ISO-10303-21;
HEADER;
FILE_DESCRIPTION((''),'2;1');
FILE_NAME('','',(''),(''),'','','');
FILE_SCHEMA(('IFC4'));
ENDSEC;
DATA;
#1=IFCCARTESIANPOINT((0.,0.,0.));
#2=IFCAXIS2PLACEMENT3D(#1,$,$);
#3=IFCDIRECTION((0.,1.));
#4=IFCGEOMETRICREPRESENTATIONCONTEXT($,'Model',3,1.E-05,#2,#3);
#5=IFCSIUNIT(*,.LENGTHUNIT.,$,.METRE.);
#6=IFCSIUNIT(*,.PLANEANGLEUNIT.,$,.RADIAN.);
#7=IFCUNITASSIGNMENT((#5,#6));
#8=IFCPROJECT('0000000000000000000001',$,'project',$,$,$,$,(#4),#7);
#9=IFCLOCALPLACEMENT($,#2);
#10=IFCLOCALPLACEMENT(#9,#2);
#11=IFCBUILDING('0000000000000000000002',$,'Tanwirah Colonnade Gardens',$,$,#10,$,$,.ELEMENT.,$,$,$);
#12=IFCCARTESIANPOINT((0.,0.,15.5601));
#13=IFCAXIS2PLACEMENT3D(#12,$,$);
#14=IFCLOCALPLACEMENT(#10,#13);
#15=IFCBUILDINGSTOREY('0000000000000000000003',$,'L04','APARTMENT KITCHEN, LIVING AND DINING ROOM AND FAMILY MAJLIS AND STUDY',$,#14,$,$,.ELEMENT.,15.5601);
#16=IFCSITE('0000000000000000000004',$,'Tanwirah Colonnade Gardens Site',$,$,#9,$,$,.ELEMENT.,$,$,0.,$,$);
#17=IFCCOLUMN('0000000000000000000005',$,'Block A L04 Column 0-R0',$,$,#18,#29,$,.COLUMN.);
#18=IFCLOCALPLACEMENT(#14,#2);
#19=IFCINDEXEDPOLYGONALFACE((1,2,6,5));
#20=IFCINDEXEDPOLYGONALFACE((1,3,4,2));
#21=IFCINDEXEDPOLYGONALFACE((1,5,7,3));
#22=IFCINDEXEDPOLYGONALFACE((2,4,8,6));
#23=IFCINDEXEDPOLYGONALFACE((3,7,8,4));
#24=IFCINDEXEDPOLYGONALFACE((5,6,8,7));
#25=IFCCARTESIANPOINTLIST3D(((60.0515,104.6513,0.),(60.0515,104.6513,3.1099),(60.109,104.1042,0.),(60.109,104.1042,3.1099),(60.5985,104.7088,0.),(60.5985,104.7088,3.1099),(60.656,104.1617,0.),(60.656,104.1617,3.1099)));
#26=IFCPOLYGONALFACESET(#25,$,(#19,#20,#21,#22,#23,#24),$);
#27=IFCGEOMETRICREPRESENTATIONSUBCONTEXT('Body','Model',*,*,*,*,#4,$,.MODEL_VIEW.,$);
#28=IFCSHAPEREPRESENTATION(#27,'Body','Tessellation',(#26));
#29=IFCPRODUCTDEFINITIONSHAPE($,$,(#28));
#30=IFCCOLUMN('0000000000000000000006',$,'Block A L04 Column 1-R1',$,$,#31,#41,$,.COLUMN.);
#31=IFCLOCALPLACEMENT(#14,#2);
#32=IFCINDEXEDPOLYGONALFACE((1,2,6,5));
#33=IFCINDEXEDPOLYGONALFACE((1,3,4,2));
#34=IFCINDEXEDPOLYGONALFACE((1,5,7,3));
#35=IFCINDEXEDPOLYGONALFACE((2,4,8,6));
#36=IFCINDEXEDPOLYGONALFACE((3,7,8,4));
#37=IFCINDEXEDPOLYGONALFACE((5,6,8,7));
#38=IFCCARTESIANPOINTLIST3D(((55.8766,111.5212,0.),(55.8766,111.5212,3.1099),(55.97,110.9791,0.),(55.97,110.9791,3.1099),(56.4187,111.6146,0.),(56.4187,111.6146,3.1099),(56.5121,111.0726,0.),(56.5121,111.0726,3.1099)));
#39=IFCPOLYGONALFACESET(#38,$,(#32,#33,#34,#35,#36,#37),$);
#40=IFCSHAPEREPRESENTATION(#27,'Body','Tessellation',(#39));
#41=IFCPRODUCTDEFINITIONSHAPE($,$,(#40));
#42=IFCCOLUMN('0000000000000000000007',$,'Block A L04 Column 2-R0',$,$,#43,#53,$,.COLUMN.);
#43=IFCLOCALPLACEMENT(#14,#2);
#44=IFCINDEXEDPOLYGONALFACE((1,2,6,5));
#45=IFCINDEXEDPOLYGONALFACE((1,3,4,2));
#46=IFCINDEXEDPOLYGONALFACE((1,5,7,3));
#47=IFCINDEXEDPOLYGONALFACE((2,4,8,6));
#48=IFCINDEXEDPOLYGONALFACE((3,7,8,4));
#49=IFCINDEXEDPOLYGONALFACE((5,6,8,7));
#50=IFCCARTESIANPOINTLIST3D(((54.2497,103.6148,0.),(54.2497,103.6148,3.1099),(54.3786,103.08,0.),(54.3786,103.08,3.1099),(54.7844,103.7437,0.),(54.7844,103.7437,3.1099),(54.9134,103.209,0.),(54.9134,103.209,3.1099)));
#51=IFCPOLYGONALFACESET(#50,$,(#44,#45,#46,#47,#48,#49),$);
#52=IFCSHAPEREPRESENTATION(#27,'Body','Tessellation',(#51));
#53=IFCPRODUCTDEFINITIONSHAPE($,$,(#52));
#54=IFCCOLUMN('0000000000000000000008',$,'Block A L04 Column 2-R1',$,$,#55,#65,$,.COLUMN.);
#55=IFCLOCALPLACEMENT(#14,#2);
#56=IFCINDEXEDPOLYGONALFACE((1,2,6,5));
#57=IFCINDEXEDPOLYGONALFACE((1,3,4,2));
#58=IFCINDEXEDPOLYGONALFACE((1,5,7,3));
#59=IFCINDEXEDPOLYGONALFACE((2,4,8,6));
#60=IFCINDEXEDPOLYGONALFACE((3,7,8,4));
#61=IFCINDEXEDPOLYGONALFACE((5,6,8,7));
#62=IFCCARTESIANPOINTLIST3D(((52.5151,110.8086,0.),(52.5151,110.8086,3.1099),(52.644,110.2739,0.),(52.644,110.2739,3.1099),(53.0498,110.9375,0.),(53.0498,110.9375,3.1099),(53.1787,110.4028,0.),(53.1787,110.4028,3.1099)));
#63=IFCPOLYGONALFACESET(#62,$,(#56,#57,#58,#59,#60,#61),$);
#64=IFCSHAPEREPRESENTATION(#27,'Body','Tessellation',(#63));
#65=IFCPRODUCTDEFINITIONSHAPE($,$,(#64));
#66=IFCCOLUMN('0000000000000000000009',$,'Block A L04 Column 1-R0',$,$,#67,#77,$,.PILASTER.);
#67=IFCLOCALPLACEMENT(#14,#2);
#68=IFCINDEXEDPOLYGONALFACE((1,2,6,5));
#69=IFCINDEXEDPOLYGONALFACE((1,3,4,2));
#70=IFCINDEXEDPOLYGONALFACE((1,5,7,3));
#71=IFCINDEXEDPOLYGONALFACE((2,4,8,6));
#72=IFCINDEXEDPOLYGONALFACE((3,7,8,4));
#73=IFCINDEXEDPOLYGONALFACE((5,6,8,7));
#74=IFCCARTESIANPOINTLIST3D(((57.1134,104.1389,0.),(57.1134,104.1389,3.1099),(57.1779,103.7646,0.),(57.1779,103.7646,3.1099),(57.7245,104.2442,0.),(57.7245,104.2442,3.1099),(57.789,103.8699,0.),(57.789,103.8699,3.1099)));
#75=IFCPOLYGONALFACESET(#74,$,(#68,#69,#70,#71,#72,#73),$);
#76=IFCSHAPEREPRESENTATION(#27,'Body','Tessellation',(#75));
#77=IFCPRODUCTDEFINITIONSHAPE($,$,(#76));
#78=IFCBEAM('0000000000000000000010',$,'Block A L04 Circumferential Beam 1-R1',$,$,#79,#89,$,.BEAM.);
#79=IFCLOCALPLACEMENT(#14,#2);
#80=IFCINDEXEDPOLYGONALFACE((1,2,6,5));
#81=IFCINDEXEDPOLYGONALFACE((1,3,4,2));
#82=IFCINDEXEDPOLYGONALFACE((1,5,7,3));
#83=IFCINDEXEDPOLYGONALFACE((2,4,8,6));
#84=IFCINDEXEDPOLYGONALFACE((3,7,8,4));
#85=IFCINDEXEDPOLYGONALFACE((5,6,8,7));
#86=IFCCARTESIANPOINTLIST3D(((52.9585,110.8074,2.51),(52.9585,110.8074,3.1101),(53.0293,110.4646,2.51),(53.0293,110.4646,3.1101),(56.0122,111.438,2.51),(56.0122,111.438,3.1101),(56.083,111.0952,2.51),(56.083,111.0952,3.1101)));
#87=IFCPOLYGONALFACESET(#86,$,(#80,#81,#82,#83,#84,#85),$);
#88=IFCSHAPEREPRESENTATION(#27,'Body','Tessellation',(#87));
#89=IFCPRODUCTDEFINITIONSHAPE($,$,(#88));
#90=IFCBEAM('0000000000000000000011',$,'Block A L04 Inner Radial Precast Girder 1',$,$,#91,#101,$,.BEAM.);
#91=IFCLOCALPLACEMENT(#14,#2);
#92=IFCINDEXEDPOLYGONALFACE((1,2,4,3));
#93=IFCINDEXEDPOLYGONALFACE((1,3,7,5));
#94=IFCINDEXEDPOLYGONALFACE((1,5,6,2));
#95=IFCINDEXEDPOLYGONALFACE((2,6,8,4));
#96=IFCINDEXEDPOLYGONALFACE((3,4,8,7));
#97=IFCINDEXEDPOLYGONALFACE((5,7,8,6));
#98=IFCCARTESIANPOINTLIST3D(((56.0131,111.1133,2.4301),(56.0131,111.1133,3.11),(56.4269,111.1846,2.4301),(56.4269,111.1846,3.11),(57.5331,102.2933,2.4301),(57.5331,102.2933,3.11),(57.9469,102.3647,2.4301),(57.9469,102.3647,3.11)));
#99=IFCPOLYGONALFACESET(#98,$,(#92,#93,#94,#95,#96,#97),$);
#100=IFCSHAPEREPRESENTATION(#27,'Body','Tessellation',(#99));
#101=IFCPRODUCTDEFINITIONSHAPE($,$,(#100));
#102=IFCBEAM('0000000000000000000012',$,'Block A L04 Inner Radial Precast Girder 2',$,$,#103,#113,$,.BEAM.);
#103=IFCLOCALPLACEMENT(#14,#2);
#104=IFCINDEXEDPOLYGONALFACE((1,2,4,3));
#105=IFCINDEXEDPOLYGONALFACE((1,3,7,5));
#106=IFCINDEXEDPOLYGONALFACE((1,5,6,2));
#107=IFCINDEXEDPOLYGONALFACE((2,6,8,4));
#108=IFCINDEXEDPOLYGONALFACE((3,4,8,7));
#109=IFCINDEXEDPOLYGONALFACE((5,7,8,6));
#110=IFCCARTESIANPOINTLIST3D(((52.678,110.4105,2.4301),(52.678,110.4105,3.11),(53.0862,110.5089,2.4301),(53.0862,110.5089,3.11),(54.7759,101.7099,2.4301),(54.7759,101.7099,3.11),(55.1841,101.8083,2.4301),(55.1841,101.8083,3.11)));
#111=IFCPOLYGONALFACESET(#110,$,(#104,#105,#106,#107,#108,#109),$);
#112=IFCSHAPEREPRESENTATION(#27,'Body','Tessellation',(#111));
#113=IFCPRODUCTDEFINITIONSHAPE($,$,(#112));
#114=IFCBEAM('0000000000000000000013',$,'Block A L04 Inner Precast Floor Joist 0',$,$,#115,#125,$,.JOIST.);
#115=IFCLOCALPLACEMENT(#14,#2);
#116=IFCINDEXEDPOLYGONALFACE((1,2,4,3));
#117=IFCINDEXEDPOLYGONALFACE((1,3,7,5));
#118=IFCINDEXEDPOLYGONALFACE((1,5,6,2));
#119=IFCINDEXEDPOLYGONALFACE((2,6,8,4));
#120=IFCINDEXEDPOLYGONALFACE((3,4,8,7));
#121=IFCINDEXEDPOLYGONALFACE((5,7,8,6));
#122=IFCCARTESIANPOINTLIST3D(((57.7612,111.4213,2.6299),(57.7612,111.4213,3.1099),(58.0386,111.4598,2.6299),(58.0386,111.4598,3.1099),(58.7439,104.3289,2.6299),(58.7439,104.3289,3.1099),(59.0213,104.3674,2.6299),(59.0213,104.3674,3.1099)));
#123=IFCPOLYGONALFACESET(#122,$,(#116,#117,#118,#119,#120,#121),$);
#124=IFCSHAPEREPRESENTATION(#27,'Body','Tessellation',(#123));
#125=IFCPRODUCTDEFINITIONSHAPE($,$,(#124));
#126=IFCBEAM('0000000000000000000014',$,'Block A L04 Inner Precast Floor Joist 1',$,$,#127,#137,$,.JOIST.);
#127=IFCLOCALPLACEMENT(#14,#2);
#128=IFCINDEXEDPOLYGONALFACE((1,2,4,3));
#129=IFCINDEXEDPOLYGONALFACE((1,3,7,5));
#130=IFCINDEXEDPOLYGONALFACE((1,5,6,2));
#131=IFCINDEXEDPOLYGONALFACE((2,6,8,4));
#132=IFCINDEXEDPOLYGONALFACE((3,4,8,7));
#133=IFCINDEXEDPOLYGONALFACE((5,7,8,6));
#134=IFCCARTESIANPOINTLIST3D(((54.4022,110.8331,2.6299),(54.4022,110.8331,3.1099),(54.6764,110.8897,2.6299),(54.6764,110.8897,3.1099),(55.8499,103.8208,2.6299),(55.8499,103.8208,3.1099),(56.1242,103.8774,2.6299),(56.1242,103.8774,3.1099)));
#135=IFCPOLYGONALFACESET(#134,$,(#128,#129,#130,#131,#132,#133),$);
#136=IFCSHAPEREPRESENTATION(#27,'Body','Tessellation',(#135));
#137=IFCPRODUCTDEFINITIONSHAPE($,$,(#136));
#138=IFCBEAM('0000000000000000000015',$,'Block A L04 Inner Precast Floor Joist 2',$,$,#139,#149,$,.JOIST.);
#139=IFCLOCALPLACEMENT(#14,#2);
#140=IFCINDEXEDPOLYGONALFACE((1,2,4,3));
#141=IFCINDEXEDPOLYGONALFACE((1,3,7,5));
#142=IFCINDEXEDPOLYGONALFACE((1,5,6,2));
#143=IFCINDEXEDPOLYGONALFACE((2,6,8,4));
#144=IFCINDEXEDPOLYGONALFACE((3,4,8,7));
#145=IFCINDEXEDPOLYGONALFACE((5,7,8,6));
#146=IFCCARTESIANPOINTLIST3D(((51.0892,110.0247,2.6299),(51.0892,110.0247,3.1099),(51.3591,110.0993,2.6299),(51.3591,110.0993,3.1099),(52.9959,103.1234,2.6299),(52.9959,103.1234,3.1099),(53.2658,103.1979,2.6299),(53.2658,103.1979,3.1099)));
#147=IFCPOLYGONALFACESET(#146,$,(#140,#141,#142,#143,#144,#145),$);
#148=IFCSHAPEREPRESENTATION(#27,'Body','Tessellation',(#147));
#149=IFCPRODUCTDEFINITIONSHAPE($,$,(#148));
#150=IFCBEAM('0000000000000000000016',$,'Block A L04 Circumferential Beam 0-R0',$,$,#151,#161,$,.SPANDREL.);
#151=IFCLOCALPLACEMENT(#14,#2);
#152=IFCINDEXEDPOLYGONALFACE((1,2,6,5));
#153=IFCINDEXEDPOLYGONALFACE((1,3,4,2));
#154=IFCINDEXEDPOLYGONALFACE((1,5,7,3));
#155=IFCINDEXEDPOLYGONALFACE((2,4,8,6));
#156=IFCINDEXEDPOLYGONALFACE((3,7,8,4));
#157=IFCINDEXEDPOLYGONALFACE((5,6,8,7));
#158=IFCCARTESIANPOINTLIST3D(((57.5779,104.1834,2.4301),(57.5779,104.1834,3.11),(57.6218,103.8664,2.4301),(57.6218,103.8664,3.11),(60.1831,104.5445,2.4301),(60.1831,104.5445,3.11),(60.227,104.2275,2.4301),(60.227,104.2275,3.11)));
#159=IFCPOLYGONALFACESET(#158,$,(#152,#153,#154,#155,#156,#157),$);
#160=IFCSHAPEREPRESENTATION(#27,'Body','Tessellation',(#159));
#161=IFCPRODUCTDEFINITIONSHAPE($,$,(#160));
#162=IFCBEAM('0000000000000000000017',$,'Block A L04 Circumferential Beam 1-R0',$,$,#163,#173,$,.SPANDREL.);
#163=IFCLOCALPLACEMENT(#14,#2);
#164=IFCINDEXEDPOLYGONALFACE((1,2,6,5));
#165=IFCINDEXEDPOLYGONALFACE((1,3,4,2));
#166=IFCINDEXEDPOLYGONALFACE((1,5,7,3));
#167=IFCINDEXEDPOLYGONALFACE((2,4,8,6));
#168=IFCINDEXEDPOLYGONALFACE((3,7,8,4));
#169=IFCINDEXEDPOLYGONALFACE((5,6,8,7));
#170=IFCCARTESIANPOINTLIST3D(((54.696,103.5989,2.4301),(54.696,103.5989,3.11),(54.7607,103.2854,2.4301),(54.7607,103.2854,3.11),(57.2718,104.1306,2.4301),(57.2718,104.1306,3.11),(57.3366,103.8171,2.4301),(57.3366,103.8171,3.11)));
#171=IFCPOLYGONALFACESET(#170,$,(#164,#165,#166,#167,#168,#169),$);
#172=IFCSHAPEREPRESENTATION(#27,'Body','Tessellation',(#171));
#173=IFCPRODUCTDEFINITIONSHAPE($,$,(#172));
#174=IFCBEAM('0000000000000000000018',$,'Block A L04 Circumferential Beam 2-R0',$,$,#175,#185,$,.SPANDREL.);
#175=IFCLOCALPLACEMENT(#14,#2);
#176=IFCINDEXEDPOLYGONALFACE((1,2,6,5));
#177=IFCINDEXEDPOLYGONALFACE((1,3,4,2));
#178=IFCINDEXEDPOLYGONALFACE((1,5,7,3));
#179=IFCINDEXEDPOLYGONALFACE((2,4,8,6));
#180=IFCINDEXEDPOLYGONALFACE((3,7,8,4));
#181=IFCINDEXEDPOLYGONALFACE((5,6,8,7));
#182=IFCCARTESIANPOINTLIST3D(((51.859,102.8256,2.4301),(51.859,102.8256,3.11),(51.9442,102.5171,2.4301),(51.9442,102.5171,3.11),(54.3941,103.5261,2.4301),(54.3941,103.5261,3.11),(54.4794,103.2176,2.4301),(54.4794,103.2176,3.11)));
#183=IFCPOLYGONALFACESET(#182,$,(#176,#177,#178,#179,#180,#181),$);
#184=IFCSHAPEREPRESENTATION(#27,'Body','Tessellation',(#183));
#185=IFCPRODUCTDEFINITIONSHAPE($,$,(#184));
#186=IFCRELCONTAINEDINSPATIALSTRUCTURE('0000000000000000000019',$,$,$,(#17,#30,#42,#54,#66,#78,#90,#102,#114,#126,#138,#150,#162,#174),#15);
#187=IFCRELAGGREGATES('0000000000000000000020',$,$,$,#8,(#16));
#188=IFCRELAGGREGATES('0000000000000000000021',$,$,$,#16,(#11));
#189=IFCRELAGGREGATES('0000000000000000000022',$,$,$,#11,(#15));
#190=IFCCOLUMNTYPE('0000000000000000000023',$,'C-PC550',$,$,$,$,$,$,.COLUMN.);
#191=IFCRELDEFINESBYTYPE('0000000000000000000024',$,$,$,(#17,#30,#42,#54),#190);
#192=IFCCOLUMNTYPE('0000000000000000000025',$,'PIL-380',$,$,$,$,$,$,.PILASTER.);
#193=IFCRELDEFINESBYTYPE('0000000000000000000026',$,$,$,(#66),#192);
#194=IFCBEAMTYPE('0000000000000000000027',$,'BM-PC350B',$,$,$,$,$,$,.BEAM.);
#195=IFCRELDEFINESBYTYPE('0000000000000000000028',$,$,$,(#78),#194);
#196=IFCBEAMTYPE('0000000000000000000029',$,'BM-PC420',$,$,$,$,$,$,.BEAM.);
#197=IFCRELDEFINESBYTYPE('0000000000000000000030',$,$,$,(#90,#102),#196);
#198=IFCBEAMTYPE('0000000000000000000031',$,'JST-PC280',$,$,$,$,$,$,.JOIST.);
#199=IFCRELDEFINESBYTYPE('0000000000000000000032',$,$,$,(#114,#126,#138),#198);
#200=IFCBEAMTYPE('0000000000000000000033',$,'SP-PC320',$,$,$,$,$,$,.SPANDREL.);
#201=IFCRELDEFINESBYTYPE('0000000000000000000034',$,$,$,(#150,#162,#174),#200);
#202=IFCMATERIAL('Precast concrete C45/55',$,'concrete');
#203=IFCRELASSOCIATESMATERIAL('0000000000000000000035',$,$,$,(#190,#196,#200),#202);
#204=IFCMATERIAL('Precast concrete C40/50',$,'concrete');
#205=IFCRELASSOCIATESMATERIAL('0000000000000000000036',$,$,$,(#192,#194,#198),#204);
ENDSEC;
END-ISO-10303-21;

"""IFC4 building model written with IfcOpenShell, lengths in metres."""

from ifc_helpers import new_model, si_unit, direction, frame, origin, origin_2d, place, context, subcontext, project, spatial, rectangle, extrude, material, material_profile, profile_set, type_object, element, save


model = new_model("IFC4")

# Units and contexts
model_context = context("Model", 3, precision=1e-05, world=origin(), true_north=direction((0.0, 1.0)))
body_context = subcontext(model_context, "Body", "Model", "MODEL_VIEW")
ifc_project = project(units=[si_unit("LENGTHUNIT", "METRE"), si_unit("PLANEANGLEUNIT", "RADIAN")], contexts=[model_context])

# Site, building, storey
site_placement = place(None, origin())
site = spatial("IfcSite", under=ifc_project, at=site_placement, Name="Tanwirah Colonnade Gardens Site", CompositionType="ELEMENT", RefElevation=0.0)
building_placement = place(site_placement, origin())
building = spatial("IfcBuilding", under=site, at=building_placement, Name="Tanwirah Colonnade Gardens", CompositionType="ELEMENT")
storey_placement = place(building_placement, frame((0.0, 0.0, 15.5601)))
storey = spatial("IfcBuildingStorey", under=building, at=storey_placement, Name="L04", Description="APARTMENT KITCHEN, LIVING AND DINING ROOM AND FAMILY MAJLIS AND STUDY", CompositionType="ELEMENT", Elevation=15.5601)

# Columns
ifc_material_1 = material(Name="Precast concrete C45/55", Category="concrete")
ifc_material_profile_1 = material_profile(ifc_material_1, rectangle(XDim=0.55, YDim=0.55, at=origin_2d()), Name="PC-COL 550x550")
ifc_profile_set_1 = profile_set([ifc_material_profile_1], Name="Precast concrete C45/55")
column_type_1 = type_object("IfcColumnType", Name="C-PC550", PredefinedType="COLUMN", material=ifc_profile_set_1)
for number, where, z_axis, x_axis, name in (
    (1, (60.3538, 104.4065, 0.0), (0.0, 0.0, 1.0), (-0.104528, 0.994522, 0.0), "Block A L04 Column 0-R0"),
    (2, (56.1943, 111.2969, 0.0), (0.0, 0.0, 1.0), (-0.169827, 0.985474, 0.0), "Block A L04 Column 1-R1"),
    (3, (54.5815, 103.4119, 0.0), (0.0, 0.0, 1.0), (-0.234388, 0.972143, 0.0), "Block A L04 Column 2-R0"),
    (4, (52.8469, 110.6057, 0.0), (0.0, 0.0, 1.0), (-0.234388, 0.972143, 0.0), "Block A L04 Column 2-R1"),
):
    element("IfcColumn", number, at=place(storey_placement, frame(where, z_axis=z_axis, x_axis=x_axis)), inside=storey, type_object=column_type_1, Name=name, PredefinedType="COLUMN", context=body_context, shape_type="SweptSolid", body=[
        extrude(rectangle(XDim=0.55, YDim=0.55, at=origin_2d()), origin(), (0.0, 0.0, 1.0), 3.1099),
    ])
ifc_material_2 = material(Name="Precast concrete C40/50", Category="concrete")
ifc_material_profile_2 = material_profile(ifc_material_2, rectangle(XDim=0.3799, YDim=0.6201, at=origin_2d()), Name="PC-PIL 380x620")
ifc_profile_set_2 = profile_set([ifc_material_profile_2], Name="Precast concrete C40/50")
column_type_2 = type_object("IfcColumnType", Name="PIL-380", PredefinedType="PILASTER", material=ifc_profile_set_2)
column_placement = place(storey_placement, frame((57.4512, 104.0044, 0.0), z_axis=(0.0, 0.0, 1.0), x_axis=(-0.169827, 0.985474, 0.0)))
element("IfcColumn", 5, at=column_placement, inside=storey, type_object=column_type_2, Name="Block A L04 Column 1-R0", PredefinedType="PILASTER", context=body_context, shape_type="SweptSolid", body=[
    extrude(rectangle(XDim=0.3799, YDim=0.6201, at=origin_2d()), origin(), (0.0, 0.0, 1.0), 3.1099),
])

# Beams
ifc_material_profile_3 = material_profile(ifc_material_2, rectangle(XDim=0.3501, YDim=0.6001, at=origin_2d()), Name="PC-BM 350x600")
ifc_profile_set_3 = profile_set([ifc_material_profile_3], Name="Precast concrete C40/50")
beam_type_1 = type_object("IfcBeamType", Name="BM-PC350B", PredefinedType="BEAM", material=ifc_profile_set_3)
beam_1_placement = place(storey_placement, frame((56.0476, 111.2666, 2.8101), z_axis=(-0.979336, -0.202241, 0.0), x_axis=(0.202241, -0.979336, 0.0)))
element("IfcBeam", 6, at=beam_1_placement, inside=storey, type_object=beam_type_1, Name="Block A L04 Circumferential Beam 1-R1", PredefinedType="BEAM", context=body_context, shape_type="SweptSolid", body=[
    extrude(rectangle(XDim=0.3501, YDim=0.6001, at=origin_2d()), origin(), (0.0, 0.0, 1.0), 3.1182),
])
ifc_material_profile_4 = material_profile(ifc_material_1, rectangle(XDim=0.4199, YDim=0.6799, at=origin_2d()), Name="PC-BM 420x680")
ifc_profile_set_4 = profile_set([ifc_material_profile_4], Name="Precast concrete C45/55")
beam_type_2 = type_object("IfcBeamType", Name="BM-PC420", PredefinedType="BEAM", material=ifc_profile_set_4)
for number, where, z_axis, x_axis, name in (
    (7, (56.22, 111.1489, 2.77), (0.169837, -0.985472, 0.0), (0.985472, 0.169837, 0.0), "Block A L04 Inner Radial Precast Girder 1"),
    (8, (52.8821, 110.4597, 2.77), (0.234401, -0.97214, 0.0), (0.97214, 0.234401, 0.0), "Block A L04 Inner Radial Precast Girder 2"),
):
    element("IfcBeam", number, at=place(storey_placement, frame(where, z_axis=z_axis, x_axis=x_axis)), inside=storey, type_object=beam_type_2, Name=name, PredefinedType="BEAM", context=body_context, shape_type="SweptSolid", body=[
        extrude(rectangle(XDim=0.4199, YDim=0.6799, at=origin_2d()), origin(), (0.0, 0.0, 1.0), 8.95),
    ])
ifc_material_profile_5 = material_profile(ifc_material_2, rectangle(XDim=0.28, YDim=0.48, at=origin_2d()), Name="PC-JST 280x480")
ifc_profile_set_5 = profile_set([ifc_material_profile_5], Name="Precast concrete C40/50")
beam_type_3 = type_object("IfcBeamType", Name="JST-PC280", PredefinedType="JOIST", material=ifc_profile_set_5)
for number, where, z_axis, x_axis, name in (
    (9, (58.8826, 104.3481, 2.8699), (-0.137243, 0.990537, 0.0), (-0.990537, -0.137243, 0.0), "Block A L04 Inner Precast Floor Joist 0"),
    (10, (55.9871, 103.8491, 2.8699), (-0.202197, 0.979345, 0.0), (-0.979345, -0.202197, 0.0), "Block A L04 Inner Precast Floor Joist 1"),
):
    element("IfcBeam", number, at=place(storey_placement, frame(where, z_axis=z_axis, x_axis=x_axis)), inside=storey, type_object=beam_type_3, Name=name, PredefinedType="JOIST", context=body_context, shape_type="SweptSolid", body=[
        extrude(rectangle(XDim=0.28, YDim=0.48, at=origin_2d()), origin(), (0.0, 0.0, 1.0), 7.1602),
    ])
beam_2_placement = place(storey_placement, frame((53.1309, 103.1606, 2.8699), z_axis=(-0.266307, 0.963888, 0.0), x_axis=(-0.963888, -0.266307, 0.0)))
element("IfcBeam", 11, at=beam_2_placement, inside=storey, type_object=beam_type_3, Name="Block A L04 Inner Precast Floor Joist 2", PredefinedType="JOIST", context=body_context, shape_type="SweptSolid", body=[
    extrude(rectangle(XDim=0.28, YDim=0.48, at=origin_2d()), origin(), (0.0, 0.0, 1.0), 7.1599),
])
ifc_material_profile_6 = material_profile(ifc_material_1, rectangle(XDim=0.3201, YDim=0.6799, at=origin_2d()), Name="PC-SP 320x680")
ifc_profile_set_6 = profile_set([ifc_material_profile_6], Name="Precast concrete C45/55")
beam_type_4 = type_object("IfcBeamType", Name="SP-PC320", PredefinedType="SPANDREL", material=ifc_profile_set_6)
for number, where, z_axis, x_axis, name in (
    (12, (60.2051, 104.386, 2.77), (-0.990531, -0.137288, 0.0), (0.137288, -0.990531, 0.0), "Block A L04 Circumferential Beam 0-R0"),
    (13, (57.3042, 103.9739, 2.77), (-0.979352, -0.202164, 0.0), (0.202164, -0.979352, 0.0), "Block A L04 Circumferential Beam 1-R0"),
    (14, (54.4368, 103.3718, 2.77), (-0.963887, -0.266313, 0.0), (0.266313, -0.963887, 0.0), "Block A L04 Circumferential Beam 2-R0"),
):
    element("IfcBeam", number, at=place(storey_placement, frame(where, z_axis=z_axis, x_axis=x_axis)), inside=storey, type_object=beam_type_4, Name=name, PredefinedType="SPANDREL", context=body_context, shape_type="SweptSolid", body=[
        extrude(rectangle(XDim=0.3201, YDim=0.6799, at=origin_2d()), origin(), (0.0, 0.0, 1.0), 2.6301),
    ])

save(model, "model.ifc")
